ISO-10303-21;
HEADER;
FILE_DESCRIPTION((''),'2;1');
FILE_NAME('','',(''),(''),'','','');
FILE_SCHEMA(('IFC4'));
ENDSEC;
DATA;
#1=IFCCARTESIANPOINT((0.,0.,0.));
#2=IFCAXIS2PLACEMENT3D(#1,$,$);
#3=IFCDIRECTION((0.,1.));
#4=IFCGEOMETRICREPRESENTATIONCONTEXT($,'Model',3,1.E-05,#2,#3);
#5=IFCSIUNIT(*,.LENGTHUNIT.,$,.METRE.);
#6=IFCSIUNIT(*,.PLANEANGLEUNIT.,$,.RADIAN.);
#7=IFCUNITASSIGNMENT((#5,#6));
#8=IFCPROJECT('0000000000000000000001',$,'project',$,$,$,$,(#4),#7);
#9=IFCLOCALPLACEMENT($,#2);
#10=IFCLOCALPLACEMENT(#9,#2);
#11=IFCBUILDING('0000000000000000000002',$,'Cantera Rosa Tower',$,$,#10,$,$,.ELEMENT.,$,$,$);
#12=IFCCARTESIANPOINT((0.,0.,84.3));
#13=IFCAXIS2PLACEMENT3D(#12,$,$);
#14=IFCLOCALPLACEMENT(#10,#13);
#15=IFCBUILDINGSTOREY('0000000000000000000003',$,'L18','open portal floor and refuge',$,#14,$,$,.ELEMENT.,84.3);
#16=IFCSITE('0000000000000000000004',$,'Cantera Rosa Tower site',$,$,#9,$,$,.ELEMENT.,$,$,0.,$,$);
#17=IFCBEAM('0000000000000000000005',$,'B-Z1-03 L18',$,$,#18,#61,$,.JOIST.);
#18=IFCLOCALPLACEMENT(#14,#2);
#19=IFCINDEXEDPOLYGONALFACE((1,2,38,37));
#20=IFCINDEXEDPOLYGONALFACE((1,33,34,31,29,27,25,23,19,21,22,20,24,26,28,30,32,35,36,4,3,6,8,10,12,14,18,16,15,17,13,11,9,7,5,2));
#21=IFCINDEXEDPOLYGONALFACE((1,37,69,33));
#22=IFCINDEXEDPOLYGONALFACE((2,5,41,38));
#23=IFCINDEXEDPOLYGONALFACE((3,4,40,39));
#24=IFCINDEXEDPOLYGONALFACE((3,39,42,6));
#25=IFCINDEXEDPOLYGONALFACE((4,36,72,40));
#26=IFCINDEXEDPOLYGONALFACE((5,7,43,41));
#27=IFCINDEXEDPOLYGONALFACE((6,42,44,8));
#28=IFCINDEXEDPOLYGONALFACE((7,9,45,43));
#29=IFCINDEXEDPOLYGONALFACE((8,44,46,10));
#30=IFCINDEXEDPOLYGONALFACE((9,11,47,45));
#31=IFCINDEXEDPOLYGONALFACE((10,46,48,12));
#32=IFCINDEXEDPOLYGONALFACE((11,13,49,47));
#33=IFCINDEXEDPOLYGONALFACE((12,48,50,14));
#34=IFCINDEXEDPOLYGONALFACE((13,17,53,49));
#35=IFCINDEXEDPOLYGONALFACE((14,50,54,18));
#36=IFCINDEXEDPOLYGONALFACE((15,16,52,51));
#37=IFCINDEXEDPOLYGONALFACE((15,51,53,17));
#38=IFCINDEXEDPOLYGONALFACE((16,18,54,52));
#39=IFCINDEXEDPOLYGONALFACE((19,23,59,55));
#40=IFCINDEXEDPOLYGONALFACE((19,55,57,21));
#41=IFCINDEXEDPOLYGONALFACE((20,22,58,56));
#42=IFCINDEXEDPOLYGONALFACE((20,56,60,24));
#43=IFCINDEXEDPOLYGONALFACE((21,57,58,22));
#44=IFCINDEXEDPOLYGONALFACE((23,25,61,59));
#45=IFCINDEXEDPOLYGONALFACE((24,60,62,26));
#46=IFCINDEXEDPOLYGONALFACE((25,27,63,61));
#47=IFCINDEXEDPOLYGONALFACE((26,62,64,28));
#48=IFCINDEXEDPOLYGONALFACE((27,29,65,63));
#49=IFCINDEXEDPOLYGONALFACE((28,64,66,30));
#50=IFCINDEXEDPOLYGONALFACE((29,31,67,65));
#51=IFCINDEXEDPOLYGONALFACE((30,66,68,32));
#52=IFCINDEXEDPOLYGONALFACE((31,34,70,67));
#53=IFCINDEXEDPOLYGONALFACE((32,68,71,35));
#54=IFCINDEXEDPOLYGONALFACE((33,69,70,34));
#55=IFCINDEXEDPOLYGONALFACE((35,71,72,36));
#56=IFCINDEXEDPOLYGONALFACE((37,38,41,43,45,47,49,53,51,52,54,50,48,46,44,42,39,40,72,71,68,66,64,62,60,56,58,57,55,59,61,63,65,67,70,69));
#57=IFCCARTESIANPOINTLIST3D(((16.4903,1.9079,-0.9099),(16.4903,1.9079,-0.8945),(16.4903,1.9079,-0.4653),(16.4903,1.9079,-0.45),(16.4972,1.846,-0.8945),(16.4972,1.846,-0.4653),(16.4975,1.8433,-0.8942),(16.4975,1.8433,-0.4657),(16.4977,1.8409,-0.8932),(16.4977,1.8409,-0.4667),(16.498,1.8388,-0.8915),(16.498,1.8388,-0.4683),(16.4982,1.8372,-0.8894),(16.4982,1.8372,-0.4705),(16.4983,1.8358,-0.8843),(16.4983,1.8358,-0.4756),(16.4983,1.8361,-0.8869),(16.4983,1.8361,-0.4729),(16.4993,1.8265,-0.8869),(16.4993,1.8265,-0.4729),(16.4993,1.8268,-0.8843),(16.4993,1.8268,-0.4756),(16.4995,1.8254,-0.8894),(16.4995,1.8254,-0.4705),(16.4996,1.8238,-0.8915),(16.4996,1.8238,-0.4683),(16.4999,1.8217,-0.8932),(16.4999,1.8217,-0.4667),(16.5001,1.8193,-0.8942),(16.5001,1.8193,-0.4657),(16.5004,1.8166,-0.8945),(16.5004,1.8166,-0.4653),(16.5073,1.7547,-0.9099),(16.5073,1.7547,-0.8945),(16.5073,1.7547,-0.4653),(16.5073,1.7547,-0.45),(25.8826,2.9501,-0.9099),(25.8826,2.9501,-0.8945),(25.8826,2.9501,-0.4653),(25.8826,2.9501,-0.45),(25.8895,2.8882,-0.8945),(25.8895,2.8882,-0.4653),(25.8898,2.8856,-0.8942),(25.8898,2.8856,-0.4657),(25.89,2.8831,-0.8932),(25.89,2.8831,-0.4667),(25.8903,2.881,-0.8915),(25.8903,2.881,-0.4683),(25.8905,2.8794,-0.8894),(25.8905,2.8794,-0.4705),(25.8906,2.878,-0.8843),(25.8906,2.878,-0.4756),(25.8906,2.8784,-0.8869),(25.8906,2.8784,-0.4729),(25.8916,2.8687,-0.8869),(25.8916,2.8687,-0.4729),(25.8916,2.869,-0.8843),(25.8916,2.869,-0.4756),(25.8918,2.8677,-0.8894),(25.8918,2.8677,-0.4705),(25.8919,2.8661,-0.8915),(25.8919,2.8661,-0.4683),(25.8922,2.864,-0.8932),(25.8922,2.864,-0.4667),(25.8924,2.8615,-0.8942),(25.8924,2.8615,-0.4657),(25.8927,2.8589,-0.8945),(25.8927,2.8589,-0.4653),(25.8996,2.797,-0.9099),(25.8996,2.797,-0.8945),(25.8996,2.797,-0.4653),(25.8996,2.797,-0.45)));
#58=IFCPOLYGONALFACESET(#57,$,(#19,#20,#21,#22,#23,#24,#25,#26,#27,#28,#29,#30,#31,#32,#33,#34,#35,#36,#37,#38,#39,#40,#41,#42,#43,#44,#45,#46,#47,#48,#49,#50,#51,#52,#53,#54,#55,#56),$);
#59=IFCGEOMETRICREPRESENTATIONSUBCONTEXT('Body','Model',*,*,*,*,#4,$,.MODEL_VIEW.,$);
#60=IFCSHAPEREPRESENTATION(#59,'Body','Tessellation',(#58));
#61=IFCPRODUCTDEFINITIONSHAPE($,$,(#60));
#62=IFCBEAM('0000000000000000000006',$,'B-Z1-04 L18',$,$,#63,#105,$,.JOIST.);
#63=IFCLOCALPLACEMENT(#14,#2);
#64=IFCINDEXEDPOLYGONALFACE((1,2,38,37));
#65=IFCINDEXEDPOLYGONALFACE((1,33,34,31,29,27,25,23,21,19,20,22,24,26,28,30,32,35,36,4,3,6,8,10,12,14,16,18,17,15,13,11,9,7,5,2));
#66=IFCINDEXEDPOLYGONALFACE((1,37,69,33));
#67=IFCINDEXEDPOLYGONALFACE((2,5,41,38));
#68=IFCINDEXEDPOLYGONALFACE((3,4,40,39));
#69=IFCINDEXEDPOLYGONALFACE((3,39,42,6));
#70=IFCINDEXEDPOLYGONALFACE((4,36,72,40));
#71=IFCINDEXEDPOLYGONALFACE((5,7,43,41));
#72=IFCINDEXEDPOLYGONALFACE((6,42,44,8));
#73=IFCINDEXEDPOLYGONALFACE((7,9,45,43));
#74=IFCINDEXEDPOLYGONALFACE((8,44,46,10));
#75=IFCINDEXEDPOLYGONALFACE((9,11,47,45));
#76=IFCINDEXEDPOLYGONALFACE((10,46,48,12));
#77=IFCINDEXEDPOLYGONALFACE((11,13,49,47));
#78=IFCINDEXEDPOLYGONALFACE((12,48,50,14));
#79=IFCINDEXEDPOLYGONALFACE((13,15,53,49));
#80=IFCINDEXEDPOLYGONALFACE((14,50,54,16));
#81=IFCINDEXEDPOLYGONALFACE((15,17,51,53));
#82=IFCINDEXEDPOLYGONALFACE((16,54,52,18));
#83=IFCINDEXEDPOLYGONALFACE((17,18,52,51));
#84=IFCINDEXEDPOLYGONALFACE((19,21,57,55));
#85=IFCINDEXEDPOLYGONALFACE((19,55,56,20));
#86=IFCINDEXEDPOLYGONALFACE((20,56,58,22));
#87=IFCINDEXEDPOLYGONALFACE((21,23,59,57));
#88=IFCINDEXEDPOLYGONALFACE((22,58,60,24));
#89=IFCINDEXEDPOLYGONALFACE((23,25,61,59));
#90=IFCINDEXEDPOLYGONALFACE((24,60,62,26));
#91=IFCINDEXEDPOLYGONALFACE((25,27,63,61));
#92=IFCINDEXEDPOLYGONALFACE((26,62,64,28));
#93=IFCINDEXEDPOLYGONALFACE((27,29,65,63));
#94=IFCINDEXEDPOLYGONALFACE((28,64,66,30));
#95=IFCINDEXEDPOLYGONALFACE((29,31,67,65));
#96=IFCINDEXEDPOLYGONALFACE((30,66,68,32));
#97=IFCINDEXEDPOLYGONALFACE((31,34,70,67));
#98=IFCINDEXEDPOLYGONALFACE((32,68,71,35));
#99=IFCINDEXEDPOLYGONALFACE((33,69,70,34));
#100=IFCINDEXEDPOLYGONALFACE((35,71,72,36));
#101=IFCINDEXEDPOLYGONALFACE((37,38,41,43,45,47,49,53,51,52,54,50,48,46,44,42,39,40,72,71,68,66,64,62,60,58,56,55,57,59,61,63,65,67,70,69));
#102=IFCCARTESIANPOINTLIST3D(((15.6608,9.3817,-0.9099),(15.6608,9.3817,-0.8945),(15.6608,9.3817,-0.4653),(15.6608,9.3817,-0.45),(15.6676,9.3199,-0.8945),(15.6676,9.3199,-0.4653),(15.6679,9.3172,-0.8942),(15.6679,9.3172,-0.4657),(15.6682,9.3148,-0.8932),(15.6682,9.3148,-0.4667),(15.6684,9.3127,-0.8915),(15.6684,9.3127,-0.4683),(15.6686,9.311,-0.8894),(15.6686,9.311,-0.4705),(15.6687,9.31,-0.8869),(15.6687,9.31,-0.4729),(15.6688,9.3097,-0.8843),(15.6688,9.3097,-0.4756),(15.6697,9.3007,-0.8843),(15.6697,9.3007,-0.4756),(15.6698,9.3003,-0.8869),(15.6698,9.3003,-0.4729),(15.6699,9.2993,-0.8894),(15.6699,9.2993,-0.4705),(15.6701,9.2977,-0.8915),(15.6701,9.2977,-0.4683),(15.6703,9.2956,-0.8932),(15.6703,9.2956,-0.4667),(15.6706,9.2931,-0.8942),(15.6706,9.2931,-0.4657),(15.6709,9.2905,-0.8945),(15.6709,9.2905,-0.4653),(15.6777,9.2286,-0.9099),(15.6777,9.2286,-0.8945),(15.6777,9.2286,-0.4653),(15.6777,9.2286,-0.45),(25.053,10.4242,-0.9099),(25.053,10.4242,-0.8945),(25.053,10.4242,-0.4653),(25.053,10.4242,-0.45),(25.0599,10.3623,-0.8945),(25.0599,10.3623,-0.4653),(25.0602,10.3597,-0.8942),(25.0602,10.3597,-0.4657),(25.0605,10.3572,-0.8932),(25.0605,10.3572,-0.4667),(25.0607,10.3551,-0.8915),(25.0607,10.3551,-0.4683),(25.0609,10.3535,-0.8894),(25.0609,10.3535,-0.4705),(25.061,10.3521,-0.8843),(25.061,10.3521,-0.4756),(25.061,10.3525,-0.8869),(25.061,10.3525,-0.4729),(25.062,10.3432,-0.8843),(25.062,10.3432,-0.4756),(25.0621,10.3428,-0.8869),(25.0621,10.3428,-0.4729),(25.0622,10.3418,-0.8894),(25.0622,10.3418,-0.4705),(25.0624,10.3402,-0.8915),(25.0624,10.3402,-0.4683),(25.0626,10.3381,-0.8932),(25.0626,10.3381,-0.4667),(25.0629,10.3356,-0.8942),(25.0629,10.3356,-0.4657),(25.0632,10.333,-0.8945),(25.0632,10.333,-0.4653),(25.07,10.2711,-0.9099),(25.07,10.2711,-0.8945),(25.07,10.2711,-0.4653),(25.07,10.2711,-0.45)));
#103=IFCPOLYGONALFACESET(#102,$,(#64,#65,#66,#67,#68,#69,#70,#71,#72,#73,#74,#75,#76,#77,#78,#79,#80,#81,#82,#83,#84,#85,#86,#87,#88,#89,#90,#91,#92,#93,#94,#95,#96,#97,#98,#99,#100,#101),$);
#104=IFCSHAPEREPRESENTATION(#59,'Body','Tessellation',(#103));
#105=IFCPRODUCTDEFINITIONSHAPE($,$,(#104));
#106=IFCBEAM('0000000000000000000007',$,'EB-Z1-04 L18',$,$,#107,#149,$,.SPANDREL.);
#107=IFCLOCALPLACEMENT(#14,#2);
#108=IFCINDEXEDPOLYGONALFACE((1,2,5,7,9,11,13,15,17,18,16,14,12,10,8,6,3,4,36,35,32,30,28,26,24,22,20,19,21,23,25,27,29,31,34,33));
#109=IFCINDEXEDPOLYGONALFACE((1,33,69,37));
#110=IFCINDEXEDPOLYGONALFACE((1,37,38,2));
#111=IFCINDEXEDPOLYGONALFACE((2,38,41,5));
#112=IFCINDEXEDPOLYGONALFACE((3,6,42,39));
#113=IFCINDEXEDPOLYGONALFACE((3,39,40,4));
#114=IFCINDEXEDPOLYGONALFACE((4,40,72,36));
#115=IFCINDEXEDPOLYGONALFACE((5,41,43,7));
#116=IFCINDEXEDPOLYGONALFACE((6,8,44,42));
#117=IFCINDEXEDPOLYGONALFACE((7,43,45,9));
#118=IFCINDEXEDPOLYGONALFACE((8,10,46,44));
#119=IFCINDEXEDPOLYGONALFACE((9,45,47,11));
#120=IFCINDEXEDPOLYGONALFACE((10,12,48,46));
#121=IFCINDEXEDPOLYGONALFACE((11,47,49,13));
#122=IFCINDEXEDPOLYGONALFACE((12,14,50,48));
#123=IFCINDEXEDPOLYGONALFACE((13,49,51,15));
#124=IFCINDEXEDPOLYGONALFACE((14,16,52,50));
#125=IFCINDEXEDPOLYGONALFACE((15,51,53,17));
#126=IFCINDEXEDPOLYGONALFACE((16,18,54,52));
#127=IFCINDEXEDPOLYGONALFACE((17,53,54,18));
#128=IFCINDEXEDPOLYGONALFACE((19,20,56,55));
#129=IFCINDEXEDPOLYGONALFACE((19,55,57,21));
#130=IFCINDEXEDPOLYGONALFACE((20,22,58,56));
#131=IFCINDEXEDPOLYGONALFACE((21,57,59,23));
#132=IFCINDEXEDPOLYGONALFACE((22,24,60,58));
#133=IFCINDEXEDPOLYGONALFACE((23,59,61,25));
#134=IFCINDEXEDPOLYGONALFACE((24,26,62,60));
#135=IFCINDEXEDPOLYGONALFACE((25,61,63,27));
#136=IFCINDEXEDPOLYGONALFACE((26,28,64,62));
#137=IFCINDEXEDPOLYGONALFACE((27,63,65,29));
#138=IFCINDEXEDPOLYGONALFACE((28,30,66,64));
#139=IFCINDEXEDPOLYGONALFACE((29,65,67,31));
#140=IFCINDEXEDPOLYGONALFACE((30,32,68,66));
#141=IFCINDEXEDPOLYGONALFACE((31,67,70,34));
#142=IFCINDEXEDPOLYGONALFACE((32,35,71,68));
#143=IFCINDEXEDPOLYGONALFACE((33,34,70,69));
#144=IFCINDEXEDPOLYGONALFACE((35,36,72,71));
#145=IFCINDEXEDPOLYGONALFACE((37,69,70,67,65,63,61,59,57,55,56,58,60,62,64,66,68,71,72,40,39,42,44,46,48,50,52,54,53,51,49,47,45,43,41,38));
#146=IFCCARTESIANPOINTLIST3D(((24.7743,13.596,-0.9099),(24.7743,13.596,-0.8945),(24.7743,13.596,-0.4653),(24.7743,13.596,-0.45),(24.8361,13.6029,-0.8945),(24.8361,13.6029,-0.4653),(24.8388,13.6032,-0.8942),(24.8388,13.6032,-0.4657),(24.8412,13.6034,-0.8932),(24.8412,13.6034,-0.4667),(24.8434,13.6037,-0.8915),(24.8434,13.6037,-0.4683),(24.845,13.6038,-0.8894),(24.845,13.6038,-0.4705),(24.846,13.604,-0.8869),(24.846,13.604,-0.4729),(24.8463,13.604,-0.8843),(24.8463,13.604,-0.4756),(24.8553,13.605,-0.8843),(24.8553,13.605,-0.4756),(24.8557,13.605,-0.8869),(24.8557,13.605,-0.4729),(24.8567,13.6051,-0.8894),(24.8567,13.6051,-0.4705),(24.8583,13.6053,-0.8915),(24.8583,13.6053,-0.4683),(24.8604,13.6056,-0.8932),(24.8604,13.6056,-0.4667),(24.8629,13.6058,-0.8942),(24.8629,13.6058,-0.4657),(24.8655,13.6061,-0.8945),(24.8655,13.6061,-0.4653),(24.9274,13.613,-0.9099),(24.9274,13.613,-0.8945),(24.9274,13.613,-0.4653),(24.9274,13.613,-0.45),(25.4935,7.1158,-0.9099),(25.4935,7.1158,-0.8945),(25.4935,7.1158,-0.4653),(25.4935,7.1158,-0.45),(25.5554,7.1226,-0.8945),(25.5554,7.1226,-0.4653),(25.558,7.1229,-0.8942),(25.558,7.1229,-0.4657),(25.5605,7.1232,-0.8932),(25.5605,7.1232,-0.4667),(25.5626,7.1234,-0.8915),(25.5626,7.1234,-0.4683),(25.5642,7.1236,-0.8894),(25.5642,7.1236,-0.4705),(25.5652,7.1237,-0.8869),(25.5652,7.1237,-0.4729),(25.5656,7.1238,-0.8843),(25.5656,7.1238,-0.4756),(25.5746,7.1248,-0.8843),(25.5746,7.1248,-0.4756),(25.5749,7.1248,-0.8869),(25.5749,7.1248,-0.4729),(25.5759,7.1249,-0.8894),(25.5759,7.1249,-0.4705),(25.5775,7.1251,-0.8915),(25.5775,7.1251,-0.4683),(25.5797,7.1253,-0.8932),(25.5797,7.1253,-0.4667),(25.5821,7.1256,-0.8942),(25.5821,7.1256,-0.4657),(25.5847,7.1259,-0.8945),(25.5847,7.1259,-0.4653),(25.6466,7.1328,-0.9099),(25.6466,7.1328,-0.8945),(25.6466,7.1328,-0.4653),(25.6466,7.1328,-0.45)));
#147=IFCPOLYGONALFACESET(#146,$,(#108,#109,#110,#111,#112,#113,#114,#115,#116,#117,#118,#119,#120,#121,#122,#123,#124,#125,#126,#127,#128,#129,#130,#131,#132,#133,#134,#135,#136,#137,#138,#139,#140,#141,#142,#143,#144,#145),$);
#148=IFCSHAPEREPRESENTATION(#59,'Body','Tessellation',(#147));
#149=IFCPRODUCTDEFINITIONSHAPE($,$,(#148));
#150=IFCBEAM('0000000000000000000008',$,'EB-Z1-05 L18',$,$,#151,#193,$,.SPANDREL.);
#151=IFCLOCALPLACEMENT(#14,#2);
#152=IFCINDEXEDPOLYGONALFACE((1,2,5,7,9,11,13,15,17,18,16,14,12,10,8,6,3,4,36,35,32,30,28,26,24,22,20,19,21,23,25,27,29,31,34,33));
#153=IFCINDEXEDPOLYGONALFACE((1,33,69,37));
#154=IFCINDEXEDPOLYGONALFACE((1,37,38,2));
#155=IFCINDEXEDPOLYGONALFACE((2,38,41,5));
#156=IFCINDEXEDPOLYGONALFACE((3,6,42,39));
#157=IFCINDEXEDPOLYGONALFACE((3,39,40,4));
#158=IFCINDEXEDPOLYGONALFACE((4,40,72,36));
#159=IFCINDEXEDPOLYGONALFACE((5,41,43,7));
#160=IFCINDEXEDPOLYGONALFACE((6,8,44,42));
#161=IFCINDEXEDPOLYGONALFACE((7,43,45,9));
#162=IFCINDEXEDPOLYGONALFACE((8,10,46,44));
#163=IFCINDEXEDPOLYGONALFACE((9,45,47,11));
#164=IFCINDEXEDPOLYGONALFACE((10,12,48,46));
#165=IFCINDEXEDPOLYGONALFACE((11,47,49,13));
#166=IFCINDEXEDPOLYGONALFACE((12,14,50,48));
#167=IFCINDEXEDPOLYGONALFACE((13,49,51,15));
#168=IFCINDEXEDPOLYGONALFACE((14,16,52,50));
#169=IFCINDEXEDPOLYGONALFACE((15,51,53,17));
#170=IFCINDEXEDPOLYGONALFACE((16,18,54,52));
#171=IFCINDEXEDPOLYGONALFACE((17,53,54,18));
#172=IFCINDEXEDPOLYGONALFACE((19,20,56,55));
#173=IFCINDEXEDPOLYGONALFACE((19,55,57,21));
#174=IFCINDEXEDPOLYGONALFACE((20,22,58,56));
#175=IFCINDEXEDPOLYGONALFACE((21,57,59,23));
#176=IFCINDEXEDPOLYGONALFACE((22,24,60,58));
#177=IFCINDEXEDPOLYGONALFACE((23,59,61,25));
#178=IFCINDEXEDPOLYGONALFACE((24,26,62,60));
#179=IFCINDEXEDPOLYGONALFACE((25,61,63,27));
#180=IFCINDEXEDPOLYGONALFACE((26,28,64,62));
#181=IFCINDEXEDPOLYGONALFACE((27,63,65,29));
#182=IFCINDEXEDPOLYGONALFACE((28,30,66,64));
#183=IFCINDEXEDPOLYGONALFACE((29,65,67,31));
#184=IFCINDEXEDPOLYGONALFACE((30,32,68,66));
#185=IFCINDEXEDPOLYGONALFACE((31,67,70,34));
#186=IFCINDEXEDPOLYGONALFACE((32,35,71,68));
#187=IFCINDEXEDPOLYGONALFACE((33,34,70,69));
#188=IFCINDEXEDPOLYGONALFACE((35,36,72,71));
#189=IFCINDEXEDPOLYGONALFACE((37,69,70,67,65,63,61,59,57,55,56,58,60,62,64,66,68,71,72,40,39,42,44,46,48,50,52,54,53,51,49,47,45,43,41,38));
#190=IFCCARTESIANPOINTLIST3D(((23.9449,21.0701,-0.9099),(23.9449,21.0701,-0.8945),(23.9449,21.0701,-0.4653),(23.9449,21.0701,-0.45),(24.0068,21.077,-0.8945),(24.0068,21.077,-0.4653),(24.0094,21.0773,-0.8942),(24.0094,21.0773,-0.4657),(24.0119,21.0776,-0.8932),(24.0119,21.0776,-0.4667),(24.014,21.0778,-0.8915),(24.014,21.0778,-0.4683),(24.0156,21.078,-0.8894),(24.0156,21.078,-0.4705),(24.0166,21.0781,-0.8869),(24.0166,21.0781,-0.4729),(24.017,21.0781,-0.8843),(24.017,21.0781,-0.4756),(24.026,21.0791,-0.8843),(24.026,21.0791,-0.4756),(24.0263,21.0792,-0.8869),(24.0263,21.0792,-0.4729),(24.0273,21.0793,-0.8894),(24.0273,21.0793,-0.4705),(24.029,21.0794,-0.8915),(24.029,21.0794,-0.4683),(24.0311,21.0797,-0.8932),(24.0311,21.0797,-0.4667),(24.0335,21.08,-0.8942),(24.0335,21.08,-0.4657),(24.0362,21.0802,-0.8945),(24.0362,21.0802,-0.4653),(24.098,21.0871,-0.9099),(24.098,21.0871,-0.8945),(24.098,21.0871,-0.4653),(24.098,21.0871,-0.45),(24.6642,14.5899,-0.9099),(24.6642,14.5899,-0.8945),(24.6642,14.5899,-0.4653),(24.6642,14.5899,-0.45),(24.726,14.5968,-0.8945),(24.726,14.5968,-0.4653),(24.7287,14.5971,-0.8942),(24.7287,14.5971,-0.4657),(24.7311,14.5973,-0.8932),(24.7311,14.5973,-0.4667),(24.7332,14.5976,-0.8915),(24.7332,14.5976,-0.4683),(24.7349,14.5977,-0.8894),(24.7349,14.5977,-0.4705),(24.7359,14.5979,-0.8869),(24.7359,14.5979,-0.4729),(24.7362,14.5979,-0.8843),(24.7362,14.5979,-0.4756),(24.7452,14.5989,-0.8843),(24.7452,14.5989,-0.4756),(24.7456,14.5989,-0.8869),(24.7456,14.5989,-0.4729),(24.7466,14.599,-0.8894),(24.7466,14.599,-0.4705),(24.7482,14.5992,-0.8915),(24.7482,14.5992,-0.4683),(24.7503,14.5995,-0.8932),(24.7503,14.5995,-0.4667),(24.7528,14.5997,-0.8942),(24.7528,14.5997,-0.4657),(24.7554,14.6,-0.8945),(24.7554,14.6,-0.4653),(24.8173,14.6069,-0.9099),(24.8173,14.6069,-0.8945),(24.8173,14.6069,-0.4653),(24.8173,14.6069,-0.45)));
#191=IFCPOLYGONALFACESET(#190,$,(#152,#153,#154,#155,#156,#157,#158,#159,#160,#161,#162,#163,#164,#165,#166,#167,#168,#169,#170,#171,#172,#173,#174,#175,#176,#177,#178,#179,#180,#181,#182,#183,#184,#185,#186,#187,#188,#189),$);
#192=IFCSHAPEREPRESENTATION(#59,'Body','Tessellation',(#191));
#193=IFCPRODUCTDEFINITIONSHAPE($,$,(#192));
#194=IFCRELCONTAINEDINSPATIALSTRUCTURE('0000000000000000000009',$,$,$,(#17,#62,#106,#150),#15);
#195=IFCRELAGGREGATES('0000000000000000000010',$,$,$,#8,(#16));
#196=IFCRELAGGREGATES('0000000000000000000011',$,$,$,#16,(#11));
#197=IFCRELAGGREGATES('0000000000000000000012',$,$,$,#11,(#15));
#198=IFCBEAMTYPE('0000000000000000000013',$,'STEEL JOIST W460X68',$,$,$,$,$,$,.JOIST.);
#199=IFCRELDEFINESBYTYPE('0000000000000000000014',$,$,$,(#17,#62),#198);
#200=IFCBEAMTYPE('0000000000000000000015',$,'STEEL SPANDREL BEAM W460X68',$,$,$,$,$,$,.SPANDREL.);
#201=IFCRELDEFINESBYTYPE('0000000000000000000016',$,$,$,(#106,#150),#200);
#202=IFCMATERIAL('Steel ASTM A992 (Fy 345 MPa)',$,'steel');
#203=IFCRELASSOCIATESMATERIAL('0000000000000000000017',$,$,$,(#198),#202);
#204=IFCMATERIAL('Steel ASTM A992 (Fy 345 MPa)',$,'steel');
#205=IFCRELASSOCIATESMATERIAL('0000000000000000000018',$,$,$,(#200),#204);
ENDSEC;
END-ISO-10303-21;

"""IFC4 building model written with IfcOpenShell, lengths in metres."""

from ifc_helpers import new_model, si_unit, direction, frame, origin, origin_2d, place, context, subcontext, project, spatial, i_section, extrude, material, material_profile, profile_set, type_object, element, save


model = new_model("IFC4")

# Units and contexts
model_context = context("Model", 3, precision=1e-05, world=origin(), true_north=direction((0.0, 1.0)))
body_context = subcontext(model_context, "Body", "Model", "MODEL_VIEW")
ifc_project = project(units=[si_unit("LENGTHUNIT", "METRE"), si_unit("PLANEANGLEUNIT", "RADIAN")], contexts=[model_context])

# Site, building, storey
site_placement = place(None, origin())
site = spatial("IfcSite", under=ifc_project, at=site_placement, Name="Cantera Rosa Tower site", CompositionType="ELEMENT", RefElevation=0.0)
building_placement = place(site_placement, origin())
building = spatial("IfcBuilding", under=site, at=building_placement, Name="Cantera Rosa Tower", CompositionType="ELEMENT")
storey_placement = place(building_placement, frame((0.0, 0.0, 84.3)))
storey = spatial("IfcBuildingStorey", under=building, at=storey_placement, Name="L18", Description="open portal floor and refuge", CompositionType="ELEMENT", Elevation=84.3)

# Beams
ifc_material_1 = material(Name="Steel ASTM A992 (Fy 345 MPa)", Category="steel")
ifc_material_profile_1 = material_profile(ifc_material_1, i_section(OverallWidth=0.1541, OverallDepth=0.46, WebThickness=0.009, FlangeThickness=0.0154, FilletRadius=0.0103, at=origin_2d()), Name="W460X68")
ifc_profile_set_1 = profile_set([ifc_material_profile_1], Name="Steel ASTM A992 (Fy 345 MPa)")
beam_type_1 = type_object("IfcBeamType", Name="STEEL JOIST W460X68", PredefinedType="JOIST", material=ifc_profile_set_1)
for number, where, z_axis, x_axis, name in (
    (1, (25.8911, 2.8735, -0.6799), (-0.993899, -0.11029, 0.0), (0.11029, -0.993899, 0.0), "B-Z1-03 L18"),
    (2, (25.0615, 10.3477, -0.6799), (-0.993897, -0.110315, 0.0), (0.110315, -0.993897, 0.0), "B-Z1-04 L18"),
):
    element("IfcBeam", number, at=place(storey_placement, frame(where, z_axis=z_axis, x_axis=x_axis)), inside=storey, type_object=beam_type_1, Name=name, PredefinedType="JOIST", context=body_context, shape_type="SweptSolid", body=[
        extrude(i_section(OverallWidth=0.1541, OverallDepth=0.46, WebThickness=0.009, FlangeThickness=0.0154, FilletRadius=0.0103, at=origin_2d()), origin(), (0.0, 0.0, 1.0), 9.45),
    ])
ifc_material_2 = material(Name="Steel ASTM A992 (Fy 345 MPa)", Category="steel")
ifc_material_profile_2 = material_profile(ifc_material_2, i_section(OverallWidth=0.1541, OverallDepth=0.46, WebThickness=0.009, FlangeThickness=0.0154, FilletRadius=0.0103, at=origin_2d()), Name="W460X68")
ifc_profile_set_2 = profile_set([ifc_material_profile_2], Name="Steel ASTM A992 (Fy 345 MPa)")
beam_type_2 = type_object("IfcBeamType", Name="STEEL SPANDREL BEAM W460X68", PredefinedType="SPANDREL", material=ifc_profile_set_2)
for number, where, z_axis, x_axis, name in (
    (3, (25.5701, 7.1243, -0.6799), (-0.110312, 0.993897, 0.0), (-0.993897, -0.110312, 0.0), "EB-Z1-04 L18"),
    (4, (24.7407, 14.5984, -0.6799), (-0.110312, 0.993897, 0.0), (-0.993897, -0.110312, 0.0), "EB-Z1-05 L18"),
):
    element("IfcBeam", number, at=place(storey_placement, frame(where, z_axis=z_axis, x_axis=x_axis)), inside=storey, type_object=beam_type_2, Name=name, PredefinedType="SPANDREL", context=body_context, shape_type="SweptSolid", body=[
        extrude(i_section(OverallWidth=0.1541, OverallDepth=0.46, WebThickness=0.009, FlangeThickness=0.0154, FilletRadius=0.0103, at=origin_2d()), origin(), (0.0, 0.0, 1.0), 6.52),
    ])

save(model, "model.ifc")
